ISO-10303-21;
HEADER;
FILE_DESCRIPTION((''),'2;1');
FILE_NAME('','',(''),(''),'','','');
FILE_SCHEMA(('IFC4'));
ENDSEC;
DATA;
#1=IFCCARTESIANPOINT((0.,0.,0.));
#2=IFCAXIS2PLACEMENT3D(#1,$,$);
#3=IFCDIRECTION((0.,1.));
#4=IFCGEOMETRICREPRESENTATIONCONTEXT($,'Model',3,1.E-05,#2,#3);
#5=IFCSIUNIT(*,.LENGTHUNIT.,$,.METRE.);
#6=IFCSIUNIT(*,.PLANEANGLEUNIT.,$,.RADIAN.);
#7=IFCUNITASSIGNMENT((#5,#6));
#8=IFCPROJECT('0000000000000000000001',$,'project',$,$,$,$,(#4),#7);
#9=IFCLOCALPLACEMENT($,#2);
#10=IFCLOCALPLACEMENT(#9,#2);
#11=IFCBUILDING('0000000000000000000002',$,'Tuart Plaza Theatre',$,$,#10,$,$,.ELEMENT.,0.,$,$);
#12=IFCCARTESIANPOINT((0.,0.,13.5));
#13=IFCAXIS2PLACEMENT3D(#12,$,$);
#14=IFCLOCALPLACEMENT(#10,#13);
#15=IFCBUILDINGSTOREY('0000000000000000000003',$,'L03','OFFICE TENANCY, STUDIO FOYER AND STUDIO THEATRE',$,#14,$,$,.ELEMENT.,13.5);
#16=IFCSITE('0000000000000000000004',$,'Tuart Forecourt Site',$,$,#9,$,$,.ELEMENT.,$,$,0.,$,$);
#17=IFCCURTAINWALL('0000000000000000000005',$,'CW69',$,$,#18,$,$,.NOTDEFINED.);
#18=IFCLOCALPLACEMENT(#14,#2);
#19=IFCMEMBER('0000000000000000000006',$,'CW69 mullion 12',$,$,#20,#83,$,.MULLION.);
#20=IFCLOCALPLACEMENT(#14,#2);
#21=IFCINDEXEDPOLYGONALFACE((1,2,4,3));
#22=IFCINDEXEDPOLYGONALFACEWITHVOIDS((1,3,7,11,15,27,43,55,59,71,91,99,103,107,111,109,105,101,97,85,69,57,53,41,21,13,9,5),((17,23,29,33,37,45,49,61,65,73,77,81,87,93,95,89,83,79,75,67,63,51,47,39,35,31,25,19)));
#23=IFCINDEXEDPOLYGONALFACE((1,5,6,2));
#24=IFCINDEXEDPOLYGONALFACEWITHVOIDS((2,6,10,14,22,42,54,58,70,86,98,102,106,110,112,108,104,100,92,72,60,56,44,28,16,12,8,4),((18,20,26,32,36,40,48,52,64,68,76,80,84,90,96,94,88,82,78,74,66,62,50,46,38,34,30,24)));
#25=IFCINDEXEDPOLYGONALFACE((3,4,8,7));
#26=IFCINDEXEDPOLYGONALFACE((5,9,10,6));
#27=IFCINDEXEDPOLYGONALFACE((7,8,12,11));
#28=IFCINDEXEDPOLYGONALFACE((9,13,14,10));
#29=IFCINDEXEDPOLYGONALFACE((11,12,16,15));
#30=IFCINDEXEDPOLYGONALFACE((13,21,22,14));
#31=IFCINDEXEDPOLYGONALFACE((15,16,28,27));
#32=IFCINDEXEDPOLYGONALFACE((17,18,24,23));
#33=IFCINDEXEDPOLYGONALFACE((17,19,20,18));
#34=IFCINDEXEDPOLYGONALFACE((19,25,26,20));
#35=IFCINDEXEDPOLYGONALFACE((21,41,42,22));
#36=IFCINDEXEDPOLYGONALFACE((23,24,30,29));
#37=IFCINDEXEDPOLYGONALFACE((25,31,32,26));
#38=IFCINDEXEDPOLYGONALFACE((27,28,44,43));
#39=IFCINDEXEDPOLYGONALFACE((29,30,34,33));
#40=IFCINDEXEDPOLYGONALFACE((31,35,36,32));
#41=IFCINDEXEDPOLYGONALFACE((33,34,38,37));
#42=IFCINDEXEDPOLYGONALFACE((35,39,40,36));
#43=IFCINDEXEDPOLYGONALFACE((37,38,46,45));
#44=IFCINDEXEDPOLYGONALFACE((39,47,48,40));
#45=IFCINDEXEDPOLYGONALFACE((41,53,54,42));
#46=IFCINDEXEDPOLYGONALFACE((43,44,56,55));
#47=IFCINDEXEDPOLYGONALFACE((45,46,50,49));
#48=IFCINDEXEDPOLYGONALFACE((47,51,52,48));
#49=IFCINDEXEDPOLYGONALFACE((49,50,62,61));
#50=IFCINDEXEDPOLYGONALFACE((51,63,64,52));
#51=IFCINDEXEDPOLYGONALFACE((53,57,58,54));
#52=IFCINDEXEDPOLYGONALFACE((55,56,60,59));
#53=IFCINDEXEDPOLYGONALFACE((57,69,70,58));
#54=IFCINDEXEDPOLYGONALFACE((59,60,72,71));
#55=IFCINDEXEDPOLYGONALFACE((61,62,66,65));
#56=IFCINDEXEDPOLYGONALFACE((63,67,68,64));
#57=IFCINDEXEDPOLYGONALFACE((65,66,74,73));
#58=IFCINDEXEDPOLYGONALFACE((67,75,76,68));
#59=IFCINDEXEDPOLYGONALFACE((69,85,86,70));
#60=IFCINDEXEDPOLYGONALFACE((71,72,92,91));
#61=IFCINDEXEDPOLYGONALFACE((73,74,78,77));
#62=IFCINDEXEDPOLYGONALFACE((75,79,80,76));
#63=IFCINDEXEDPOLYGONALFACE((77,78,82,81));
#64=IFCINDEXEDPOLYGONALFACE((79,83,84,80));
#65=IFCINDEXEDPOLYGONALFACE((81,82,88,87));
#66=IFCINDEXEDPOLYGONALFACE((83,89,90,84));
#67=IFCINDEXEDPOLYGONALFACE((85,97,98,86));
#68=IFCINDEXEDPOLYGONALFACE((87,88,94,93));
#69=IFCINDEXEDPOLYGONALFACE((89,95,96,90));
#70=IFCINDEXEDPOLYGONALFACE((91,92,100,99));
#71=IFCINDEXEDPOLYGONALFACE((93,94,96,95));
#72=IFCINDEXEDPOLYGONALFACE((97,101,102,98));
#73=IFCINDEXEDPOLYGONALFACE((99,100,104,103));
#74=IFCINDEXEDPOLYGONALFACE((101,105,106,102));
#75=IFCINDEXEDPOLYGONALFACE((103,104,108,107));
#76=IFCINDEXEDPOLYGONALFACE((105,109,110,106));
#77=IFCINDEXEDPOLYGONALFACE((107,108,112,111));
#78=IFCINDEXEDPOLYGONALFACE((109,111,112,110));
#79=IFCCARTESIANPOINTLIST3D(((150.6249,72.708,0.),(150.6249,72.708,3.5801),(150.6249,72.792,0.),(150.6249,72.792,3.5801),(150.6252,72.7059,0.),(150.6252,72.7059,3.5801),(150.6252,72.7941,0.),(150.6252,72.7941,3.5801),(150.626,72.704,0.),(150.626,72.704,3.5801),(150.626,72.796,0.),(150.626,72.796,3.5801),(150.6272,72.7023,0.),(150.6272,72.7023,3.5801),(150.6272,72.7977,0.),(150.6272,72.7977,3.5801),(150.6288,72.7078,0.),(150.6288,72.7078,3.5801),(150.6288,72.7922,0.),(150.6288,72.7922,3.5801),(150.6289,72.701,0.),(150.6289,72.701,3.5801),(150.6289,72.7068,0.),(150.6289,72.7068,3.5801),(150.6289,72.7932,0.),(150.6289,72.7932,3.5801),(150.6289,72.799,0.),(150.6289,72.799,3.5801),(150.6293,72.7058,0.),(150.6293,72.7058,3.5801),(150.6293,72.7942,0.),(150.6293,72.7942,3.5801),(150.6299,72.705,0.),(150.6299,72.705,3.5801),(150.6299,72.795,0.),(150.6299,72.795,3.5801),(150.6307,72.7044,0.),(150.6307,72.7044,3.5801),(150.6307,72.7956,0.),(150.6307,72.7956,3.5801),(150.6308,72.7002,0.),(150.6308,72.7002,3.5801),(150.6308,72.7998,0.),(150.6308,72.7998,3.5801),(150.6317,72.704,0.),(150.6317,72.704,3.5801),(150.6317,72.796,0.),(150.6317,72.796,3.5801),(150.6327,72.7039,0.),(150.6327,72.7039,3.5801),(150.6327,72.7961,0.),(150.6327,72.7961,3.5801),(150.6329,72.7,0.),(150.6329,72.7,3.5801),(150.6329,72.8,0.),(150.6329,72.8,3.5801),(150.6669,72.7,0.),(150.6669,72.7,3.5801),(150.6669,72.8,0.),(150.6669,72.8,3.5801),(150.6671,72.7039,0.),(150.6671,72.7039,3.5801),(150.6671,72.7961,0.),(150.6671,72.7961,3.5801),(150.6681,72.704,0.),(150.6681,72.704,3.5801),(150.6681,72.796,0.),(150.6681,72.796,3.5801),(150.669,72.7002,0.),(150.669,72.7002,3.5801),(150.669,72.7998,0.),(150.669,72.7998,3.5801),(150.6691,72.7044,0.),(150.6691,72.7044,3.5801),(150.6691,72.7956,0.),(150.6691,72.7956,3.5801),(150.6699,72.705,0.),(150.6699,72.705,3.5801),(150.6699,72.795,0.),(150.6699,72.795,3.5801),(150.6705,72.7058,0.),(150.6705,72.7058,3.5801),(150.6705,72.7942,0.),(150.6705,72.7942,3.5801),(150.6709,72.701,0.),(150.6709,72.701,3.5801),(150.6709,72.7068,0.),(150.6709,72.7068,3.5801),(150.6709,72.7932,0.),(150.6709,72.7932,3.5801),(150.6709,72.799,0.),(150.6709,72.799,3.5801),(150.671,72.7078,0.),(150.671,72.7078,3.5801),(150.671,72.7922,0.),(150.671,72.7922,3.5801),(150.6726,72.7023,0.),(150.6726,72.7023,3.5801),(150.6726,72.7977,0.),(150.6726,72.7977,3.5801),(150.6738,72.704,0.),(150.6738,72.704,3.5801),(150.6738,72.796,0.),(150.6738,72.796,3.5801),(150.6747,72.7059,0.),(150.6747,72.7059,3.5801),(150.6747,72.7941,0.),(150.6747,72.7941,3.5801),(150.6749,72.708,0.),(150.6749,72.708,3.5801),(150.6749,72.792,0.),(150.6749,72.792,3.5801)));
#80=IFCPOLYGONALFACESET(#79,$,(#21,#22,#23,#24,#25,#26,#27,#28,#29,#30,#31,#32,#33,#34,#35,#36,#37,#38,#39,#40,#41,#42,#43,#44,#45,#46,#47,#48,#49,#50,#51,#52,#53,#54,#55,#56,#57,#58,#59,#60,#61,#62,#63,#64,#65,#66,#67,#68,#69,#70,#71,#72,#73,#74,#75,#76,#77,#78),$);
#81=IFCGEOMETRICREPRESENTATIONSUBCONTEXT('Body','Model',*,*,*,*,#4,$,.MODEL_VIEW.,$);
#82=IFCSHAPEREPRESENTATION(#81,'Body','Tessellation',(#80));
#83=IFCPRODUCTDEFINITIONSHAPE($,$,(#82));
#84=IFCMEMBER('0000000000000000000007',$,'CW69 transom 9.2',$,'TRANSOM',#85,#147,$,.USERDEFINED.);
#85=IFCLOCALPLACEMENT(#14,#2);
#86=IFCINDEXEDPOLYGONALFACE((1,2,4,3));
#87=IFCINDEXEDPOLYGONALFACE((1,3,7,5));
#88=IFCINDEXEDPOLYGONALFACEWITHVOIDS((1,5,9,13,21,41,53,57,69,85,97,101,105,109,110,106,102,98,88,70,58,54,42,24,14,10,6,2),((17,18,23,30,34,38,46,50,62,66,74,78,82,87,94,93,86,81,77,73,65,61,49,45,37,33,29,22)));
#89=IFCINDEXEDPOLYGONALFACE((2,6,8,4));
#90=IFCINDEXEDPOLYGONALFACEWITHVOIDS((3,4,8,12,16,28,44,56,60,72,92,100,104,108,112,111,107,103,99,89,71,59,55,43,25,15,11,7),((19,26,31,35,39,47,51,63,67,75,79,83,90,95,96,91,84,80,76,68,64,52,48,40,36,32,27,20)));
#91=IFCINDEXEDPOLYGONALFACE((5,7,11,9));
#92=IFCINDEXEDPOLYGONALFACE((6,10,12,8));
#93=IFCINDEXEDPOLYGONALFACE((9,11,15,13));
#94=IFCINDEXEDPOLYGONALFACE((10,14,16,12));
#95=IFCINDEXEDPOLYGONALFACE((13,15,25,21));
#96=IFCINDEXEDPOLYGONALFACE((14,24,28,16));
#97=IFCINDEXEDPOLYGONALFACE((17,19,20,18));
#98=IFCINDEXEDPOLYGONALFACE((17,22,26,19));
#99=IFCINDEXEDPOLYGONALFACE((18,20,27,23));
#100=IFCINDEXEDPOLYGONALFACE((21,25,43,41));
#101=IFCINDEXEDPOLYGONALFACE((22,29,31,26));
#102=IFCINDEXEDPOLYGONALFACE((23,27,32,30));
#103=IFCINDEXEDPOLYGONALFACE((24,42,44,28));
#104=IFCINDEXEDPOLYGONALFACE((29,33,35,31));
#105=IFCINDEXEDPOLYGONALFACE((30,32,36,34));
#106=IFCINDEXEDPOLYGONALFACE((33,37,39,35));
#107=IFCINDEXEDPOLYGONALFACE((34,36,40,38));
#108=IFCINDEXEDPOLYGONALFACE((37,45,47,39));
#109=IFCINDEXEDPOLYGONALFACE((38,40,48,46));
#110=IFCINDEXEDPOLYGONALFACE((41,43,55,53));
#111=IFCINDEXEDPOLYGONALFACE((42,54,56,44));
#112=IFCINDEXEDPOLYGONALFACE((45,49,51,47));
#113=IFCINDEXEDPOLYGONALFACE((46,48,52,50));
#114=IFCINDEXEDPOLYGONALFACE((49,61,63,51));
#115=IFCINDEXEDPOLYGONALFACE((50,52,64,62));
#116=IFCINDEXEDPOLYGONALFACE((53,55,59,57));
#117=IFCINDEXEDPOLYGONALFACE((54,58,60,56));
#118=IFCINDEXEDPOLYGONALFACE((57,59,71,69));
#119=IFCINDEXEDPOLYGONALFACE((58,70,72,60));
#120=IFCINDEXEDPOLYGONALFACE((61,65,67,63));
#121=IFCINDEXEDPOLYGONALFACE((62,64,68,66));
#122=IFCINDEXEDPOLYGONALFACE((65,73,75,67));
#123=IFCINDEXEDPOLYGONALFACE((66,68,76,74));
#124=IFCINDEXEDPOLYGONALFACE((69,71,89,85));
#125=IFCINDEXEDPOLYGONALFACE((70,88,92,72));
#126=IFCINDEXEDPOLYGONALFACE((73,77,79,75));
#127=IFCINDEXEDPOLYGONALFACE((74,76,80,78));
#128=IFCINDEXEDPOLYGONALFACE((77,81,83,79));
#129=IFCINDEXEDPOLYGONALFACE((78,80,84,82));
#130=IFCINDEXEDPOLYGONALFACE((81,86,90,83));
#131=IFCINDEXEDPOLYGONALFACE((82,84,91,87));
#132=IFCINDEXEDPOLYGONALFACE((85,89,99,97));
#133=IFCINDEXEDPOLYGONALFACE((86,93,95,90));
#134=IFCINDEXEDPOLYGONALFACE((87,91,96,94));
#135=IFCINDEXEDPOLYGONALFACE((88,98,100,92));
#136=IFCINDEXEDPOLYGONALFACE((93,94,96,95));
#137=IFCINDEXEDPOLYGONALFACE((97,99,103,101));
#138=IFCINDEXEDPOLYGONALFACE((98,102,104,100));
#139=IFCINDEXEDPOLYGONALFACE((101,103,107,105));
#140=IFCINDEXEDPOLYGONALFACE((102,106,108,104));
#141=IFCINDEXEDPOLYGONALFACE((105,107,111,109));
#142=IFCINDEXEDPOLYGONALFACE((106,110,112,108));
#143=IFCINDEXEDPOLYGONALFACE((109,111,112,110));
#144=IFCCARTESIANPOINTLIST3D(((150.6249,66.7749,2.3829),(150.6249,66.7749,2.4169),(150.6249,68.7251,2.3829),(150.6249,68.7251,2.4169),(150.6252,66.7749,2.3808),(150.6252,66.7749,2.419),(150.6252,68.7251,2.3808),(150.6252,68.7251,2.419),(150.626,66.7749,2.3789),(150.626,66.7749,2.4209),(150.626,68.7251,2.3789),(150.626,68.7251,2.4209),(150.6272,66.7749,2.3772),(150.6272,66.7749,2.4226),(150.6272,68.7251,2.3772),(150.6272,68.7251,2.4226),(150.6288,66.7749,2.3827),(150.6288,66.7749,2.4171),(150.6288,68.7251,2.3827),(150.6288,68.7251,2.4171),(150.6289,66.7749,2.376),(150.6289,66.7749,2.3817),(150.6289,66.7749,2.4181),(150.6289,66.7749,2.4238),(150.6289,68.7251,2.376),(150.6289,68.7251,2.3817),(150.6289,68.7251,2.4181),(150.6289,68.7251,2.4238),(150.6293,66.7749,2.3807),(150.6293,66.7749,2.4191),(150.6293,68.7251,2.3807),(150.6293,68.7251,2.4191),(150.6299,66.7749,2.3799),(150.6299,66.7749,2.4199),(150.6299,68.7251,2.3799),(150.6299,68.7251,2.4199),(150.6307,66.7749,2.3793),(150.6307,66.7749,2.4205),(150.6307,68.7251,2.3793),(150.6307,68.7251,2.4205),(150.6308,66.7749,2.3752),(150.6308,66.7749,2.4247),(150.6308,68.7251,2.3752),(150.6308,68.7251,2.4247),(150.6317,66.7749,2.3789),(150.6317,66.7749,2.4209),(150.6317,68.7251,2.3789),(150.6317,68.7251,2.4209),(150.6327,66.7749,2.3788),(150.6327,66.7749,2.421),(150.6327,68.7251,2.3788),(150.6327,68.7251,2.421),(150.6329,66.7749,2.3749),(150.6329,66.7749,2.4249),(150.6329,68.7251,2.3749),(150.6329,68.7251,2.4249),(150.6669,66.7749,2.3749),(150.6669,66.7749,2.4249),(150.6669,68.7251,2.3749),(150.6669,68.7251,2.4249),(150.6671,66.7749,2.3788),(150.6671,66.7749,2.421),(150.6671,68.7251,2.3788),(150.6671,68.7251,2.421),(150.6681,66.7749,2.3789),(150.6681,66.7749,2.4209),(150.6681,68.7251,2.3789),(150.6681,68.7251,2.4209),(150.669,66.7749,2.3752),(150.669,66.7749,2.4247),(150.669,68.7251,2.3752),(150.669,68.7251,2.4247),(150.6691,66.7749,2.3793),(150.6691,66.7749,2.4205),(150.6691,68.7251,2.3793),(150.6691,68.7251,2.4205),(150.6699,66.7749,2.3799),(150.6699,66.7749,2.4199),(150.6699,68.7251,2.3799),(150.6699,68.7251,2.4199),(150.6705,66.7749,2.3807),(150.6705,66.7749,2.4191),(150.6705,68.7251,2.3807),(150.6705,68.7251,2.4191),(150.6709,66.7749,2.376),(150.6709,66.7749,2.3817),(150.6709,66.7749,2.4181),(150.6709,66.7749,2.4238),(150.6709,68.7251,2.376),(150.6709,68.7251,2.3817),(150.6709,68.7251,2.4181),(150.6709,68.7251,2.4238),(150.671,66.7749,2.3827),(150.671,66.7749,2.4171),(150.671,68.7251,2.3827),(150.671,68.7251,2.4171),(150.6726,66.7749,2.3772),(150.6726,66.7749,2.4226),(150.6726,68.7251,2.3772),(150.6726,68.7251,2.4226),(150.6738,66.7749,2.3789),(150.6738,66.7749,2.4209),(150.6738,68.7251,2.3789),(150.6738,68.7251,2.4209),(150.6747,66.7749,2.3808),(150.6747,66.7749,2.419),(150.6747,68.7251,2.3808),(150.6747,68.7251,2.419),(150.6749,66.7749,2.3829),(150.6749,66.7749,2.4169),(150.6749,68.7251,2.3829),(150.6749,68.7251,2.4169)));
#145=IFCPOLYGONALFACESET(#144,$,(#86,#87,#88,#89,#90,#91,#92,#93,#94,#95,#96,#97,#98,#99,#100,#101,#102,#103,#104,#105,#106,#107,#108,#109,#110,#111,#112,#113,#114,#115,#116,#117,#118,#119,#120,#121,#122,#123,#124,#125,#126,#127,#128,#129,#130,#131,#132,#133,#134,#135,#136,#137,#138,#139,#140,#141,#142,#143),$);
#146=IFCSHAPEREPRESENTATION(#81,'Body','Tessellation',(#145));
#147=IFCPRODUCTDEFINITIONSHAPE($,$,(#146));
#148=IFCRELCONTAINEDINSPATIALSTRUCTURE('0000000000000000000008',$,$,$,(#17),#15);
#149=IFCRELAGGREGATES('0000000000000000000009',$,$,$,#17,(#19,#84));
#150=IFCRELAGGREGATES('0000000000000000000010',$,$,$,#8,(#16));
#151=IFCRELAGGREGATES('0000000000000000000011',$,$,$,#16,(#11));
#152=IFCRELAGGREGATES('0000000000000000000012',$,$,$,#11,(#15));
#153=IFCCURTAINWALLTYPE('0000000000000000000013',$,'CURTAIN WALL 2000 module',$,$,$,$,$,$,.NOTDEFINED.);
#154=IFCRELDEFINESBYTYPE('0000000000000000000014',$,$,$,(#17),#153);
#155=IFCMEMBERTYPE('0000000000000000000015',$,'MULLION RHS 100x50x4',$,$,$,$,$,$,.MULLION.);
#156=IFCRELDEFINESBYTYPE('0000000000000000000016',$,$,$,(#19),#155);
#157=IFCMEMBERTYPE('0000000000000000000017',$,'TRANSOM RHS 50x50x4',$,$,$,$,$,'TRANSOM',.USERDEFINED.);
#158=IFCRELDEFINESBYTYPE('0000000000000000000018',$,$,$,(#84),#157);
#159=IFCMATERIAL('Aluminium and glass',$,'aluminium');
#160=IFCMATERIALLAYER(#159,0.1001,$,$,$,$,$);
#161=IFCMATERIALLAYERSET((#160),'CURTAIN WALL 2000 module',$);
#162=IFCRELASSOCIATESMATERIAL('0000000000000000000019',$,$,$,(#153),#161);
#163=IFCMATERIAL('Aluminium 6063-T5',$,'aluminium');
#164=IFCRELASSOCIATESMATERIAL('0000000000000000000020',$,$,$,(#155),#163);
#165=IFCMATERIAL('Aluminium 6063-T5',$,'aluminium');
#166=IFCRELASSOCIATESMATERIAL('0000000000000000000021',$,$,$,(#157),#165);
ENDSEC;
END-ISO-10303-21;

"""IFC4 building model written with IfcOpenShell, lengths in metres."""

from ifc_helpers import new_model, si_unit, direction, frame, origin, origin_2d, place, context, subcontext, project, spatial, hollow_rectangle, extrude, material, layer, layer_set, material_profile, profile_set, type_object, element, aggregate, save


model = new_model("IFC4")

# Units and contexts
model_context = context("Model", 3, precision=1e-05, world=origin(), true_north=direction((0.0, 1.0)))
body_context = subcontext(model_context, "Body", "Model", "MODEL_VIEW")
ifc_project = project(units=[si_unit("LENGTHUNIT", "METRE"), si_unit("PLANEANGLEUNIT", "RADIAN")], contexts=[model_context])

# Site, building, storey
site_placement = place(None, origin())
site = spatial("IfcSite", under=ifc_project, at=site_placement, Name="Tuart Forecourt Site", CompositionType="ELEMENT", RefElevation=0.0)
building_placement = place(site_placement, origin())
building = spatial("IfcBuilding", under=site, at=building_placement, Name="Tuart Plaza Theatre", CompositionType="ELEMENT", ElevationOfRefHeight=0.0)
storey_placement = place(building_placement, frame((0.0, 0.0, 13.5)))
storey = spatial("IfcBuildingStorey", under=building, at=storey_placement, Name="L03", Description="OFFICE TENANCY, STUDIO FOYER AND STUDIO THEATRE", CompositionType="ELEMENT", Elevation=13.5)

# Curtain wall, members
ifc_material_1 = material(Name="Aluminium and glass", Category="aluminium")
ifc_layer_1 = layer(ifc_material_1, 0.1001)
ifc_layer_set_1 = layer_set([ifc_layer_1], Name="CURTAIN WALL 2000 module")
curtain_wall_type = type_object("IfcCurtainWallType", Name="CURTAIN WALL 2000 module", PredefinedType="NOTDEFINED", material=ifc_layer_set_1)
curtain_wall_placement = place(storey_placement, origin())
curtain_wall = element("IfcCurtainWall", 1, at=curtain_wall_placement, inside=storey, type_object=curtain_wall_type, Name="CW69", PredefinedType="NOTDEFINED")
ifc_material_2 = material(Name="Aluminium 6063-T5", Category="aluminium")
ifc_material_profile_1 = material_profile(ifc_material_2, hollow_rectangle(XDim=0.05, YDim=0.1001, WallThickness=0.0039, InnerFilletRadius=0.0039, OuterFilletRadius=0.0081, at=origin_2d()), Name="RHS 100x50x4")
ifc_profile_set_1 = profile_set([ifc_material_profile_1], Name="Aluminium 6063-T5")
member_type_1 = type_object("IfcMemberType", Name="MULLION RHS 100x50x4", PredefinedType="MULLION", material=ifc_profile_set_1)
member_1_placement = place(storey_placement, frame((150.6499, 72.75, 0.0), z_axis=(0.0, 0.0, 1.0), x_axis=(-1.0, 0.0, 0.0)))
member_1 = element("IfcMember", 2, at=member_1_placement, type_object=member_type_1, Name="CW69 mullion 12", PredefinedType="MULLION", context=body_context, shape_type="SweptSolid", body=[
    extrude(hollow_rectangle(XDim=0.05, YDim=0.1001, WallThickness=0.0039, InnerFilletRadius=0.0039, OuterFilletRadius=0.0081, at=origin_2d()), origin(), (0.0, 0.0, 1.0), 3.5801),
])
ifc_material_3 = material(Name="Aluminium 6063-T5", Category="aluminium")
ifc_material_profile_2 = material_profile(ifc_material_3, hollow_rectangle(XDim=0.05, YDim=0.05, WallThickness=0.0039, InnerFilletRadius=0.0039, OuterFilletRadius=0.0081, at=origin_2d()), Name="RHS 50x50x4")
ifc_profile_set_2 = profile_set([ifc_material_profile_2], Name="Aluminium 6063-T5")
member_type_2 = type_object("IfcMemberType", Name="TRANSOM RHS 50x50x4", ElementType="TRANSOM", PredefinedType="USERDEFINED", material=ifc_profile_set_2)
member_2_placement = place(storey_placement, frame((150.6499, 66.7749, 2.3999), z_axis=(0.0, 1.0, 0.0), x_axis=(-1.0, 0.0, 0.0)))
member_2 = element("IfcMember", 3, at=member_2_placement, type_object=member_type_2, Name="CW69 transom 9.2", ObjectType="TRANSOM", PredefinedType="USERDEFINED", context=body_context, shape_type="SweptSolid", body=[
    extrude(hollow_rectangle(XDim=0.05, YDim=0.05, WallThickness=0.0039, InnerFilletRadius=0.0039, OuterFilletRadius=0.0081, at=origin_2d()), origin(), (0.0, 0.0, 1.0), 1.9502),
])
aggregate(curtain_wall, [member_1, member_2])

save(model, "model.ifc")
